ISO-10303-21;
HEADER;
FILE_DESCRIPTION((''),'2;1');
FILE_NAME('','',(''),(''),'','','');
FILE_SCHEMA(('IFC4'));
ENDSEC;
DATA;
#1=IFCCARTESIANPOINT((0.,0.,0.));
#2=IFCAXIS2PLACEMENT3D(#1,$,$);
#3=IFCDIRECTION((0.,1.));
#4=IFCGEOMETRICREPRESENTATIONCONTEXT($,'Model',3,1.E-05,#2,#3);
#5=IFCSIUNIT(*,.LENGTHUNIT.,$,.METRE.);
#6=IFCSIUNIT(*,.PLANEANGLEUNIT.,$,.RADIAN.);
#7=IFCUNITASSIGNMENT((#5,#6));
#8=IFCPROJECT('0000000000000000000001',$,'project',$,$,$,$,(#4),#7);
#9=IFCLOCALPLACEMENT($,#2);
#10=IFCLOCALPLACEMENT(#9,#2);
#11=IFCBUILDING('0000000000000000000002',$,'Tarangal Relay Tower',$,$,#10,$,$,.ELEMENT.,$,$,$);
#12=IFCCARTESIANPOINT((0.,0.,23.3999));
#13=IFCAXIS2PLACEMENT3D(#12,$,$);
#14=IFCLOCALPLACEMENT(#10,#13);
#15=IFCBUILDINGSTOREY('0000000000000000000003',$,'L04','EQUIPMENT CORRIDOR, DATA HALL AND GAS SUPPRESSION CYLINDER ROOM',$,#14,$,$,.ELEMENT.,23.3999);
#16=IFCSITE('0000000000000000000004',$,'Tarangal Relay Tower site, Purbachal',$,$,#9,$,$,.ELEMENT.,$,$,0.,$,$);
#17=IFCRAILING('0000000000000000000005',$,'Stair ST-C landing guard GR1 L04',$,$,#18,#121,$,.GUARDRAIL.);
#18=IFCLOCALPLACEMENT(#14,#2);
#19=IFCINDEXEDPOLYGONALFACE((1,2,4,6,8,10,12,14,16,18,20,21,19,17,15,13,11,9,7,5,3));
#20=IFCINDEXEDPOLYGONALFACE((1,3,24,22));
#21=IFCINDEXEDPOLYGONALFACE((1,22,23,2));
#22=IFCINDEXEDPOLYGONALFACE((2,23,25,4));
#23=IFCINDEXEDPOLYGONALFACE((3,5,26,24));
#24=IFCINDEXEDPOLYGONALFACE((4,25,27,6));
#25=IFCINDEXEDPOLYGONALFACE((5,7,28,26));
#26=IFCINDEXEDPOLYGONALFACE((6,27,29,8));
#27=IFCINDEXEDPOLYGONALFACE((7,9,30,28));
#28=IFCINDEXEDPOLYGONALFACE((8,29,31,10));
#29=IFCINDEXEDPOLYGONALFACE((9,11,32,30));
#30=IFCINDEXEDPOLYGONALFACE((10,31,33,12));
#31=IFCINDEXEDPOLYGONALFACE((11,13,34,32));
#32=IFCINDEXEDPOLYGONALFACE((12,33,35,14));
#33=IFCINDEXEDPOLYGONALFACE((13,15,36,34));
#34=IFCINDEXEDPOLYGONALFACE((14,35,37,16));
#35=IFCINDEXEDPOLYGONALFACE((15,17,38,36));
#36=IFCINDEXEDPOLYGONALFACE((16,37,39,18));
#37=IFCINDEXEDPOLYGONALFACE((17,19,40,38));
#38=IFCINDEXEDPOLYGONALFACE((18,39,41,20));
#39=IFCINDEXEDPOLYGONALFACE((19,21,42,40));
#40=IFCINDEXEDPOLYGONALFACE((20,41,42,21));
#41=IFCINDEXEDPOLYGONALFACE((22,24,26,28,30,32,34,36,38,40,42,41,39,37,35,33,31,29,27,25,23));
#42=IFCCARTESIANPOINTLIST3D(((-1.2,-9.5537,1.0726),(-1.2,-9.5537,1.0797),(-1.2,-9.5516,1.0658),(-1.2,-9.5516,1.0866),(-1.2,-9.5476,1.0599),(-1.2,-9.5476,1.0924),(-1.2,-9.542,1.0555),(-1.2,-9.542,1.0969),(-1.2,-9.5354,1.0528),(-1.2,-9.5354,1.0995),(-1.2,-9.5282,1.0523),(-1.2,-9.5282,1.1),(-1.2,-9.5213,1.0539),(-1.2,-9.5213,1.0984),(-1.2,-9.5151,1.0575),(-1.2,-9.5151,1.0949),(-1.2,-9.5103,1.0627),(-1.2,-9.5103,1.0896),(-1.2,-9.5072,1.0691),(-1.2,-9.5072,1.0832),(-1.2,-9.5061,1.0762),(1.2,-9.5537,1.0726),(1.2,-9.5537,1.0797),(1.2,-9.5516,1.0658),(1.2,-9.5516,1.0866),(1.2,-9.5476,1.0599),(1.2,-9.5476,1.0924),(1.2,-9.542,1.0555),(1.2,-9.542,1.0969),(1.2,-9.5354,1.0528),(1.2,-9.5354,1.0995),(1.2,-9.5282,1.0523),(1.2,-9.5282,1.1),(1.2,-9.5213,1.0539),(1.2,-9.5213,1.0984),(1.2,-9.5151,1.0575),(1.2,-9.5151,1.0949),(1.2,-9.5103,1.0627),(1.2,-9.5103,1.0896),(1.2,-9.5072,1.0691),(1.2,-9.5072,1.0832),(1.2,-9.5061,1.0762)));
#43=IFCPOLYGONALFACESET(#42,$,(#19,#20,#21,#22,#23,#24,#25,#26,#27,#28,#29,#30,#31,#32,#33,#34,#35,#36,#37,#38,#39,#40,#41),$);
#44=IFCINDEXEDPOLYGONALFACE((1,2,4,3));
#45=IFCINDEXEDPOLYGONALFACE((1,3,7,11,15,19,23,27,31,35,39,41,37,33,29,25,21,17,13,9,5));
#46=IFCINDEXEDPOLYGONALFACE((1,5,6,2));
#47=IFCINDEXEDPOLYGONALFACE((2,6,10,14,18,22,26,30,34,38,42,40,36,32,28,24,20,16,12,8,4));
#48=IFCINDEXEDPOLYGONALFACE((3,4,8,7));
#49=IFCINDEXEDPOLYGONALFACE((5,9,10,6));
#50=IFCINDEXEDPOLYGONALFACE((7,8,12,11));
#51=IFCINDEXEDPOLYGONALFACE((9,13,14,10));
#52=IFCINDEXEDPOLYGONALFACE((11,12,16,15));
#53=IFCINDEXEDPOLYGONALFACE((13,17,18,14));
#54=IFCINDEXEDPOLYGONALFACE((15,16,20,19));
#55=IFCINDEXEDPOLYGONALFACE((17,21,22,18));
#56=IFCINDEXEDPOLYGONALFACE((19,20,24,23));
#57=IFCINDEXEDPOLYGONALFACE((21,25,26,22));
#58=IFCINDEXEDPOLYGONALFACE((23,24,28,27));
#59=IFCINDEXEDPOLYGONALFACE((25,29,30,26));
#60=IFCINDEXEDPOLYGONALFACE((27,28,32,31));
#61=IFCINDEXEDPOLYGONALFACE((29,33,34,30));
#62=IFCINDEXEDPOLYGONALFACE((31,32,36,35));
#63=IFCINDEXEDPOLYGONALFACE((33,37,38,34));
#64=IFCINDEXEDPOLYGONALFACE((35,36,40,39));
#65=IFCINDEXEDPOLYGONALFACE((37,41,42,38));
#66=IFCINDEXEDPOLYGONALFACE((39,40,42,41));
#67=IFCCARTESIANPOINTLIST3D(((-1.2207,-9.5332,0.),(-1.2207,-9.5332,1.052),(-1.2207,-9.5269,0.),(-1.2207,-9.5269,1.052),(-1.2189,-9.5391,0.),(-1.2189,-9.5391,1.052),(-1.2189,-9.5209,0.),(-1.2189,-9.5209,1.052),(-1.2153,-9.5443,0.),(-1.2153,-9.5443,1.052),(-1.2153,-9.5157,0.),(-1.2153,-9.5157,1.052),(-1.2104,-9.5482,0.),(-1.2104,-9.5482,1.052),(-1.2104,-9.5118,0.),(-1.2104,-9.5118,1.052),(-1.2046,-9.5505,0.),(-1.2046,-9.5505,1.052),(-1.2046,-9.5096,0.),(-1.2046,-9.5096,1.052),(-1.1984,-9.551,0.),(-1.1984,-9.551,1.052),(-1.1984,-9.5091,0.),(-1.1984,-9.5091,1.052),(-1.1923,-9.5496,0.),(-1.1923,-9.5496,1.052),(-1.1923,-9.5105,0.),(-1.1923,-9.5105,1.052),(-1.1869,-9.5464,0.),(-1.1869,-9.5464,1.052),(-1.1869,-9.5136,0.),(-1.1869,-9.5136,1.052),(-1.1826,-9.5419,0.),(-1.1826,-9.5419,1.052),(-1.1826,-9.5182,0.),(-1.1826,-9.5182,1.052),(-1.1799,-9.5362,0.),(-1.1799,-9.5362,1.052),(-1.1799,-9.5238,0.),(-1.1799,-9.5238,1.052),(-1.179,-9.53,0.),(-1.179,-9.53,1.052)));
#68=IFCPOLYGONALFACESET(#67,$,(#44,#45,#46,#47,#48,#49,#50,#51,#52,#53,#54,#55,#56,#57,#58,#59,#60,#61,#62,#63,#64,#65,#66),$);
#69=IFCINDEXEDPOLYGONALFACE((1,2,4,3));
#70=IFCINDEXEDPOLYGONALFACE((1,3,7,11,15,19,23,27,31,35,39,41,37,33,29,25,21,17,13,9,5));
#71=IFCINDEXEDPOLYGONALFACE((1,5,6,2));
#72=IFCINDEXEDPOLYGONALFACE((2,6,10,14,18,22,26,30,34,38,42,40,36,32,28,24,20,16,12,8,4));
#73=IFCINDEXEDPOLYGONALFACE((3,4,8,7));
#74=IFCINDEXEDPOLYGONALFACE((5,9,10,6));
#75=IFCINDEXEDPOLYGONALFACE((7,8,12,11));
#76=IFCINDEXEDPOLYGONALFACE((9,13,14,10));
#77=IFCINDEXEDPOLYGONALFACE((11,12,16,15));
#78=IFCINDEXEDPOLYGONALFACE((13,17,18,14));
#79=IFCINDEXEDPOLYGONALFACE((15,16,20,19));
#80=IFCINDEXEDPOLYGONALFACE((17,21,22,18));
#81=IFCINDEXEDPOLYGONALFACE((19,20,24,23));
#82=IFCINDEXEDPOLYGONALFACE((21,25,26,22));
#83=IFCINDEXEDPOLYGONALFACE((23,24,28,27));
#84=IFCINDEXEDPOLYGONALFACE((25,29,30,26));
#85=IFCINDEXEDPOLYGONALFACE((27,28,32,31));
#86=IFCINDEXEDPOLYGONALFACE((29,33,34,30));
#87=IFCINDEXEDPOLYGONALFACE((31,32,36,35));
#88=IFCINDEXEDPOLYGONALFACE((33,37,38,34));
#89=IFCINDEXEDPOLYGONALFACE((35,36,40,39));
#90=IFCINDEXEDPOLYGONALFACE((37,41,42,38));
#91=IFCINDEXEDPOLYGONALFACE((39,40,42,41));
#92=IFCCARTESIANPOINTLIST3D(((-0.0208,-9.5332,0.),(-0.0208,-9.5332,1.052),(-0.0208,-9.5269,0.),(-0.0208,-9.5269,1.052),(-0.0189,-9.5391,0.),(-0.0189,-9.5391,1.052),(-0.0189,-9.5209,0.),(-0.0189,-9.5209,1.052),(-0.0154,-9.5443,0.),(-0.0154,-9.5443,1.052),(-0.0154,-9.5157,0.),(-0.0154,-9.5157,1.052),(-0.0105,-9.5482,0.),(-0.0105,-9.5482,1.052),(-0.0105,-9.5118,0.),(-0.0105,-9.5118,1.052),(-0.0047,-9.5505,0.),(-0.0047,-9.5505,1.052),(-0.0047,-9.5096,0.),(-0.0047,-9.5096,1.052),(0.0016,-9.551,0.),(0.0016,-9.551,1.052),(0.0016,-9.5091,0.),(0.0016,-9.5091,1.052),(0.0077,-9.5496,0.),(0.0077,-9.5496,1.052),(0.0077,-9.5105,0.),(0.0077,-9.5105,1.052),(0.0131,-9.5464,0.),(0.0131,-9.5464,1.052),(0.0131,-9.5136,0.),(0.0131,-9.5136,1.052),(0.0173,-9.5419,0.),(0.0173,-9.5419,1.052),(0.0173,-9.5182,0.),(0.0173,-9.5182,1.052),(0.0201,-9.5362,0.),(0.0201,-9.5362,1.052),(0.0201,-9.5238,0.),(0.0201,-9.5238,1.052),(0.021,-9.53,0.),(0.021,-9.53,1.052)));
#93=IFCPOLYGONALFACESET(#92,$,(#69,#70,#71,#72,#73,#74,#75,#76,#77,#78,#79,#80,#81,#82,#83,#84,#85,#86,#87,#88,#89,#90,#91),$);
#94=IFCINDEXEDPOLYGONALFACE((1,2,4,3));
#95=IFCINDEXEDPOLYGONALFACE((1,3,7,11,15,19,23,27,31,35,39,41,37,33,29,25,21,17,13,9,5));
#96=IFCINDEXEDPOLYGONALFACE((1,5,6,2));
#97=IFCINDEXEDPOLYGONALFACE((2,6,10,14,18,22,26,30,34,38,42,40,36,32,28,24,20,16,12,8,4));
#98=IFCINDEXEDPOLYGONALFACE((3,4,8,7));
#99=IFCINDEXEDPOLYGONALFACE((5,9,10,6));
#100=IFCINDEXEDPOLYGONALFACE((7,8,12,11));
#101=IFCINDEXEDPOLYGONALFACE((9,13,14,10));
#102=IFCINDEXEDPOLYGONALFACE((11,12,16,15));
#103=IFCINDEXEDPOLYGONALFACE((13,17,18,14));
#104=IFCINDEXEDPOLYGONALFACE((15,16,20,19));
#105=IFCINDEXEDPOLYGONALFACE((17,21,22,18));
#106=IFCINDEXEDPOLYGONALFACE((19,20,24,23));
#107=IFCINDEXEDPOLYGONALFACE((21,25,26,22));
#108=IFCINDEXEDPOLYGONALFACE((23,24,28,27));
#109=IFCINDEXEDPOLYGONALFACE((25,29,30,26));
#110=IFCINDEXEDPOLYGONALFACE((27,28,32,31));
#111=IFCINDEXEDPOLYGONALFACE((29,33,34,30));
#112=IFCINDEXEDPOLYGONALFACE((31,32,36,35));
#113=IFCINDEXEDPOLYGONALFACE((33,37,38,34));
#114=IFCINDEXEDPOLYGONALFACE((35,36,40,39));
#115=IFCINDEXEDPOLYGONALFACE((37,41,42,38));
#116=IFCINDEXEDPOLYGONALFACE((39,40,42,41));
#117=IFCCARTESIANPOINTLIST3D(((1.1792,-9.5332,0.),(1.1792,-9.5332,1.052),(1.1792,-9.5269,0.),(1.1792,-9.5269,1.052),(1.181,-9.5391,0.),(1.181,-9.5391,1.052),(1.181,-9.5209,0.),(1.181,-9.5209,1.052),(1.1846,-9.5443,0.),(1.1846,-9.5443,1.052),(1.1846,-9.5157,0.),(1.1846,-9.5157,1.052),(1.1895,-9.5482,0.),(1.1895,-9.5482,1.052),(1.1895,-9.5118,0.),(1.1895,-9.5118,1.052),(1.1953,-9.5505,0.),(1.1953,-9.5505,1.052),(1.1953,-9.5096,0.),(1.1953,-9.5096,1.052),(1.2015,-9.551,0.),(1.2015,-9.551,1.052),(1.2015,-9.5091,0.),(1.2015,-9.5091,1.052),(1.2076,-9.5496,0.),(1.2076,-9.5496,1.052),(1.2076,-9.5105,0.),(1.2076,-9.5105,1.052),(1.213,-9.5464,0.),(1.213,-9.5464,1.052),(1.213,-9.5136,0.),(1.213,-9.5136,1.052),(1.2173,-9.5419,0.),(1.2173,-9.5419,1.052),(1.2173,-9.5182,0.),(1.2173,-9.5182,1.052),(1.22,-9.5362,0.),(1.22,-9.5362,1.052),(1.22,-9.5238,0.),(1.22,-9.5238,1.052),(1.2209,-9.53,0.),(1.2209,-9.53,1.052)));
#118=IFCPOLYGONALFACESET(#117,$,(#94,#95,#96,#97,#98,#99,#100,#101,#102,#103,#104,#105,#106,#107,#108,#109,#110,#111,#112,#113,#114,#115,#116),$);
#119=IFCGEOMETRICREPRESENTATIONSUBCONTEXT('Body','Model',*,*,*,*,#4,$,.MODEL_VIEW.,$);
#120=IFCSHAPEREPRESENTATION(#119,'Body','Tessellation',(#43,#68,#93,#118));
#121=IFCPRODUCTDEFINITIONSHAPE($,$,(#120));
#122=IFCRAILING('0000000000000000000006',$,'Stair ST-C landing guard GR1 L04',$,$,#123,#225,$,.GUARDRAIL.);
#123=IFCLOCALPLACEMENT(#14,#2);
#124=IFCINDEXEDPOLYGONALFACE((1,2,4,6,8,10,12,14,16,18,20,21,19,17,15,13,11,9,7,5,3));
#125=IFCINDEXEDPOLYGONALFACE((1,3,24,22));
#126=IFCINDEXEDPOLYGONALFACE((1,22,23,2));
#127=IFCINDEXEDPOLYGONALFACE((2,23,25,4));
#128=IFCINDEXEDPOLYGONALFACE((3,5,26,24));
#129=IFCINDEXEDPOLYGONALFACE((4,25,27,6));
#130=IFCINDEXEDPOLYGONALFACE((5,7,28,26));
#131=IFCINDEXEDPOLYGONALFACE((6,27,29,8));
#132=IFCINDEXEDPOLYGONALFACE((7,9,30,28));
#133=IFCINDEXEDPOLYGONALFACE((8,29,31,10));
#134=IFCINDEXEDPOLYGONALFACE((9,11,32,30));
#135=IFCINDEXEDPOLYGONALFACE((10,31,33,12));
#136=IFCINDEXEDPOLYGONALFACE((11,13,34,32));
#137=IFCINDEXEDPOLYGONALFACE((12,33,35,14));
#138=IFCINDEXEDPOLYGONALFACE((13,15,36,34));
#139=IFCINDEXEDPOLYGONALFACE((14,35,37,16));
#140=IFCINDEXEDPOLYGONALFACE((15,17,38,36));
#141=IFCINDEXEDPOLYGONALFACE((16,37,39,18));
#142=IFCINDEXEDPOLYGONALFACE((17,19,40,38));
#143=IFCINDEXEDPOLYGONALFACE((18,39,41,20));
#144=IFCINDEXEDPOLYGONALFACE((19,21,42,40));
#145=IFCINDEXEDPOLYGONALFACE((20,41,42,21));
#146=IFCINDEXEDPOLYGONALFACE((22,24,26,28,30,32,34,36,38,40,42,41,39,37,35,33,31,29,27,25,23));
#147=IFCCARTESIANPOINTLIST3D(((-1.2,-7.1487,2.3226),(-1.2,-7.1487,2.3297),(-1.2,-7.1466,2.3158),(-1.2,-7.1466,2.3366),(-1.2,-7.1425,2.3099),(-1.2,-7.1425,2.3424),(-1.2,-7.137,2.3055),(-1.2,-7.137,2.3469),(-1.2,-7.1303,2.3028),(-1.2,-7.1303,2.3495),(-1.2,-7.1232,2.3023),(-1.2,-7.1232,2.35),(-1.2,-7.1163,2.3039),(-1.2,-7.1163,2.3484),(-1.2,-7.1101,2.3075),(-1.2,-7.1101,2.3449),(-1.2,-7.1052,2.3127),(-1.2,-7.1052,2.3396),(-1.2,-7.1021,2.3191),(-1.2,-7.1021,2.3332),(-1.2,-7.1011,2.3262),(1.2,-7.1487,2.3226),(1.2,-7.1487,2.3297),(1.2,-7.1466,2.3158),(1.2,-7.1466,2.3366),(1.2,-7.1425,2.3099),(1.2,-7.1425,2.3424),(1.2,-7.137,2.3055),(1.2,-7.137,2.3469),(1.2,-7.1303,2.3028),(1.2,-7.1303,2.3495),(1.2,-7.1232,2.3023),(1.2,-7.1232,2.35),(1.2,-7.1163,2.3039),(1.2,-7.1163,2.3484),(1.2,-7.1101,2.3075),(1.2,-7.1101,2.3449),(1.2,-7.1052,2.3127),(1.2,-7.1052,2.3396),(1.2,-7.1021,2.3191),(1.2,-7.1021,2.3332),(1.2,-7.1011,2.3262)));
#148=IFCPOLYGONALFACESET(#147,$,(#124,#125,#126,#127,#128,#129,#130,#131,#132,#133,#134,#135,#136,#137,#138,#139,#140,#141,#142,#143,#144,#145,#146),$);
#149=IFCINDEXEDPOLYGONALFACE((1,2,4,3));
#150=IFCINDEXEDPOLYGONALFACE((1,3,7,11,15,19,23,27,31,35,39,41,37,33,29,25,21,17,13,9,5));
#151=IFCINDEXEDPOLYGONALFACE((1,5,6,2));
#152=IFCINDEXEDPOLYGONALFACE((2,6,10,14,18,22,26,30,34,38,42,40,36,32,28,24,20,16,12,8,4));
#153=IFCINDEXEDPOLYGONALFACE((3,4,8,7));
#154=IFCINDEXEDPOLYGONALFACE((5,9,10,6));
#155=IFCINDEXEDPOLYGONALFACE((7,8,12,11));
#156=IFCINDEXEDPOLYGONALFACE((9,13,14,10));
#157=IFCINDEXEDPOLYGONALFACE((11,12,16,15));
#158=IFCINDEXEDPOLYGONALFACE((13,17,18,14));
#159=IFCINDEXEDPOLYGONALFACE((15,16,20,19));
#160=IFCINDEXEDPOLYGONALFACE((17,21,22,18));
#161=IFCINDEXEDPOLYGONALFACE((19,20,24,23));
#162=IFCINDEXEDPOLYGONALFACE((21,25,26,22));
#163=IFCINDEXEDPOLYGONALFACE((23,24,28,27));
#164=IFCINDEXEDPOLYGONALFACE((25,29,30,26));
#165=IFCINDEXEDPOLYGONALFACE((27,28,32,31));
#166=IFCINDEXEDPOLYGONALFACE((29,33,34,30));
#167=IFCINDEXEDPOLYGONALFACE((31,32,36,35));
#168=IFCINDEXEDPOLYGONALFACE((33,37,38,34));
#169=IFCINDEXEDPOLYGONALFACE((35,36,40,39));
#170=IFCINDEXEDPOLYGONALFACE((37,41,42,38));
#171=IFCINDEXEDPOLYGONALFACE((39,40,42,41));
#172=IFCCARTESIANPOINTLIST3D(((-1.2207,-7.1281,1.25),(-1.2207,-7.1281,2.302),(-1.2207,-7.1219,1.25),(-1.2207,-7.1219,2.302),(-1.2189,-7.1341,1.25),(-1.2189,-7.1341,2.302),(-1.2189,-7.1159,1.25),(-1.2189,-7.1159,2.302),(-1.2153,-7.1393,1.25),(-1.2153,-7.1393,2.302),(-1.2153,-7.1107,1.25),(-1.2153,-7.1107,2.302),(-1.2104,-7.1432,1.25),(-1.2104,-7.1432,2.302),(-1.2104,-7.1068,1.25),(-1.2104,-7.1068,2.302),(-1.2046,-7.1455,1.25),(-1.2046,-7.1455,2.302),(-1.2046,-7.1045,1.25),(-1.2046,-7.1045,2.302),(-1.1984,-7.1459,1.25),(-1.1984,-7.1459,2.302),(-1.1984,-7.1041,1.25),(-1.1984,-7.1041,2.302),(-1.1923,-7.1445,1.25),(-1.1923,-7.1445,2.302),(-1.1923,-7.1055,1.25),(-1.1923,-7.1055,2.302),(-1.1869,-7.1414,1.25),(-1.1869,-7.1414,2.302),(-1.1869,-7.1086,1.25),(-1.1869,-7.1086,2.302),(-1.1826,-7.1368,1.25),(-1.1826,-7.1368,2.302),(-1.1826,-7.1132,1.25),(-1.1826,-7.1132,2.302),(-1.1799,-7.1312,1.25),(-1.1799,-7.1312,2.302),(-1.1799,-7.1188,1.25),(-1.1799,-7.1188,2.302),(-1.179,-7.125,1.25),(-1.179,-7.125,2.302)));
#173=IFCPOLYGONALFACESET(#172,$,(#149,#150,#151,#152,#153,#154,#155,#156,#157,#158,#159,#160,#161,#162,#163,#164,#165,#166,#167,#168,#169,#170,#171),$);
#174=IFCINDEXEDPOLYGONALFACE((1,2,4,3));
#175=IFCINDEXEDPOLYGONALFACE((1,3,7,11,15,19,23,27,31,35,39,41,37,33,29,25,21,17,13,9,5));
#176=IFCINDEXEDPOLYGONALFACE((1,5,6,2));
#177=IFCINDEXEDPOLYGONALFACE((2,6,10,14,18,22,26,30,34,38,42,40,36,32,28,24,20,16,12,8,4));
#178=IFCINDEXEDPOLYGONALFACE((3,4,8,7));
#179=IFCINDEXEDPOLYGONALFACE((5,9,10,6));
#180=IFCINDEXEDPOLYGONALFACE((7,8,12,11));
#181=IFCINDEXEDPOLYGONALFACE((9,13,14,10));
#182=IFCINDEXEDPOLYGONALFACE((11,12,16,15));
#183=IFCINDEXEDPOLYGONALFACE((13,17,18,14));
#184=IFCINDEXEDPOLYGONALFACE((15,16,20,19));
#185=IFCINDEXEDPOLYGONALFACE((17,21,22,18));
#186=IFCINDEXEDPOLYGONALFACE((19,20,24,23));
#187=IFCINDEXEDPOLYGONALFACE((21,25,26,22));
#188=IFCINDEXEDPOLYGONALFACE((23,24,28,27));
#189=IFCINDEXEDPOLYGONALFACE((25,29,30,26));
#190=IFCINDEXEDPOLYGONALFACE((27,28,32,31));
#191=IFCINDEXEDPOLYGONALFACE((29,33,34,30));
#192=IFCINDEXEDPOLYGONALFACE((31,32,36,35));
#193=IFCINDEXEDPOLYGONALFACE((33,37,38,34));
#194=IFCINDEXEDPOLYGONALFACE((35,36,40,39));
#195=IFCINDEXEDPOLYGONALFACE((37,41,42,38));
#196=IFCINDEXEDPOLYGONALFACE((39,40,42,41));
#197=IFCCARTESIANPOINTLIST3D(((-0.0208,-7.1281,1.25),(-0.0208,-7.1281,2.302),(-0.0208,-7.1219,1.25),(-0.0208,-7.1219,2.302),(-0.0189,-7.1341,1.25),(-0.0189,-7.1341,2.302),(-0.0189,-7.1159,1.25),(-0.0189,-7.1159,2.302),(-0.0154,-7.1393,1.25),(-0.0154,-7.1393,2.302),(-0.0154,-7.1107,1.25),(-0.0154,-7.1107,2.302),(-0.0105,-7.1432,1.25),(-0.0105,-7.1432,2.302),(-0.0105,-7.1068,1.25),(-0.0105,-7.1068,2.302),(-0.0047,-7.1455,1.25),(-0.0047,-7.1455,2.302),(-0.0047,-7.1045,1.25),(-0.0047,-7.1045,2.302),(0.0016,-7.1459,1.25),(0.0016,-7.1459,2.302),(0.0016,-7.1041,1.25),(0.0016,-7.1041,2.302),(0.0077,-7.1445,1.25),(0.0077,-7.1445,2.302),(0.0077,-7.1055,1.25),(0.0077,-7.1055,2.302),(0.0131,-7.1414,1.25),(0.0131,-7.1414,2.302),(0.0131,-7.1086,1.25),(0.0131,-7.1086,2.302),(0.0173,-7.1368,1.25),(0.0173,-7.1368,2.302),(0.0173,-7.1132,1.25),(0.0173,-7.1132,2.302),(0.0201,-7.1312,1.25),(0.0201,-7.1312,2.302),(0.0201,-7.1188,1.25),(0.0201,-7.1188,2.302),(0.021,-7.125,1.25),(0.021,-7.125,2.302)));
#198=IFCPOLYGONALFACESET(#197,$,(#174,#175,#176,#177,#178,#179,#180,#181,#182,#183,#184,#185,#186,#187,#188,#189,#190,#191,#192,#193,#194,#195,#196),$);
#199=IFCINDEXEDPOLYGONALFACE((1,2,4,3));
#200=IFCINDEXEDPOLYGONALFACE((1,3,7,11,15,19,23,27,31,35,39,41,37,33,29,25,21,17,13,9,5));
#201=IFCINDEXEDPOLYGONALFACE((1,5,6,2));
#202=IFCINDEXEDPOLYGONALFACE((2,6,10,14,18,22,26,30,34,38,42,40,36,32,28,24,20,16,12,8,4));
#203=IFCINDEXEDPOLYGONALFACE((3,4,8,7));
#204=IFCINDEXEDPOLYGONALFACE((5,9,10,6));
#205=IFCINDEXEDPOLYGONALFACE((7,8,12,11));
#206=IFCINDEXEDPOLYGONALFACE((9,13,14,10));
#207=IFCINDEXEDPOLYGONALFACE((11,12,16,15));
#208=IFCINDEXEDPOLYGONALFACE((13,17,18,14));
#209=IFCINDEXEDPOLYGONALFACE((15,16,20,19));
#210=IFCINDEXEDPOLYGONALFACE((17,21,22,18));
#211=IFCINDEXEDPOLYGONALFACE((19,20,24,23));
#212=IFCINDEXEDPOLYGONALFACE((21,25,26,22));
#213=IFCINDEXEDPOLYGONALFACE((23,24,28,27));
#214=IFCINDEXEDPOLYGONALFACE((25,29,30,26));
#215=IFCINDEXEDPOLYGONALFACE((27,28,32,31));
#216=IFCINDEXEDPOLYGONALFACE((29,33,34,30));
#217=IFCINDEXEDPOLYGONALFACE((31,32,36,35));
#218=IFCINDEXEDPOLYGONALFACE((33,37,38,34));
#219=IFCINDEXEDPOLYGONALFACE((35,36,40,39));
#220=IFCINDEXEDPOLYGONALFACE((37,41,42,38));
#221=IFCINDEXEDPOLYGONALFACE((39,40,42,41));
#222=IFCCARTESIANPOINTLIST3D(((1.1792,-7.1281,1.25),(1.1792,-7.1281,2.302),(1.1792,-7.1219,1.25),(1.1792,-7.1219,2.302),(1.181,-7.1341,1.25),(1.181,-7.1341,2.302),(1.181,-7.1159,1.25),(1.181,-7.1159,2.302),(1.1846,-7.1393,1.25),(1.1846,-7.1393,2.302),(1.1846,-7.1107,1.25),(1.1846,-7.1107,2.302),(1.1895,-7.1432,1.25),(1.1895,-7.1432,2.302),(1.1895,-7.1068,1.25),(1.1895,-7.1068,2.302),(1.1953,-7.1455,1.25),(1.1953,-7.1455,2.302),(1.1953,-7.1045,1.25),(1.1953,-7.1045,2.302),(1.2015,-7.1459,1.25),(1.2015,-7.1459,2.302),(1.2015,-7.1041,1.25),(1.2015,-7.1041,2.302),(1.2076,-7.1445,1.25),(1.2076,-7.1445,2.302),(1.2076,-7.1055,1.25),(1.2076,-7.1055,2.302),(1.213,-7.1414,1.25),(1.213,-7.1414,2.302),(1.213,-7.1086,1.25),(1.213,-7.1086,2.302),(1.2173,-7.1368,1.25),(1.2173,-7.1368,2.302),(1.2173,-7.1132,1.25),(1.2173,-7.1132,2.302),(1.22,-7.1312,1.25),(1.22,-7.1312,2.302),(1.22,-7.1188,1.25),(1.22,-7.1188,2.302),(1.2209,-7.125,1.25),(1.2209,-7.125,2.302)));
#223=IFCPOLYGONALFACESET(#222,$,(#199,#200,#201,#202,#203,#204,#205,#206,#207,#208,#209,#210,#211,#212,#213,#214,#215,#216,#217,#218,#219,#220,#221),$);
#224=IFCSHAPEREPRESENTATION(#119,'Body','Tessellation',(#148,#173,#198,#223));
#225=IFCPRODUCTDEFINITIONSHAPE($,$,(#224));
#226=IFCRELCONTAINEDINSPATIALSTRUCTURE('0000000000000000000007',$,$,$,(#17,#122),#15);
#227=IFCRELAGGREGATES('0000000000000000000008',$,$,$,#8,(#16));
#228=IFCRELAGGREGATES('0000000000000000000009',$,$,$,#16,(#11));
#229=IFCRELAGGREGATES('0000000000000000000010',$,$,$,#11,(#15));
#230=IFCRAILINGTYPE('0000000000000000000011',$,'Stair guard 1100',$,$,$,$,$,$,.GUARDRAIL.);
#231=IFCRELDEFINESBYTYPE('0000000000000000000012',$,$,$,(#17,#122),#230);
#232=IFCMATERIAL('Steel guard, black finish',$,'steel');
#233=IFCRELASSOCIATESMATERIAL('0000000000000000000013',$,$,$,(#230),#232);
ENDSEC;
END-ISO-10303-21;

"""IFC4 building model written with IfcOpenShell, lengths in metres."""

from ifc_helpers import new_model, si_unit, direction, frame, origin, origin_2d, place, context, subcontext, project, spatial, circle, extrude, material, type_object, element, save


model = new_model("IFC4")

# Units and contexts
model_context = context("Model", 3, precision=1e-05, world=origin(), true_north=direction((0.0, 1.0)))
body_context = subcontext(model_context, "Body", "Model", "MODEL_VIEW")
ifc_project = project(units=[si_unit("LENGTHUNIT", "METRE"), si_unit("PLANEANGLEUNIT", "RADIAN")], contexts=[model_context])

# Site, building, storey
site_placement = place(None, origin())
site = spatial("IfcSite", under=ifc_project, at=site_placement, Name="Tarangal Relay Tower site, Purbachal", CompositionType="ELEMENT", RefElevation=0.0)
building_placement = place(site_placement, origin())
building = spatial("IfcBuilding", under=site, at=building_placement, Name="Tarangal Relay Tower", CompositionType="ELEMENT")
storey_placement = place(building_placement, frame((0.0, 0.0, 23.3999)))
storey = spatial("IfcBuildingStorey", under=building, at=storey_placement, Name="L04", Description="EQUIPMENT CORRIDOR, DATA HALL AND GAS SUPPRESSION CYLINDER ROOM", CompositionType="ELEMENT", Elevation=23.3999)

# Railings
ifc_material_1 = material(Name="Steel guard, black finish", Category="steel")
railing_type_1 = type_object("IfcRailingType", Name="Stair guard 1100", PredefinedType="GUARDRAIL", material=ifc_material_1)
for number, where, name in (
    (1, (-1.2, -9.53, 0.0), "Stair ST-C landing guard GR1 L04"),
    (2, (-1.2, -7.125, 1.25), "Stair ST-C landing guard GR1 L04"),
):
    element("IfcRailing", number, at=place(storey_placement, frame(where)), inside=storey, type_object=railing_type_1, Name=name, PredefinedType="GUARDRAIL", context=body_context, shape_type="SweptSolid", body=[
        extrude(circle(Radius=0.0239, at=origin_2d()), frame((0.0, 0.0, 1.0762), z_axis=(1.0, 0.0, 0.0), x_axis=(0.0, 1.0, 0.0)), (0.0, 0.0, 1.0), 2.3999),
        extrude(circle(Radius=0.021, at=origin_2d()), origin(), (0.0, 0.0, 1.0), 1.052),
        extrude(circle(Radius=0.021, at=origin_2d()), frame((1.2, 0.0, 0.0)), (0.0, 0.0, 1.0), 1.052),
        extrude(circle(Radius=0.021, at=origin_2d()), frame((2.3999, 0.0, 0.0)), (0.0, 0.0, 1.0), 1.052),
    ])

save(model, "model.ifc")
